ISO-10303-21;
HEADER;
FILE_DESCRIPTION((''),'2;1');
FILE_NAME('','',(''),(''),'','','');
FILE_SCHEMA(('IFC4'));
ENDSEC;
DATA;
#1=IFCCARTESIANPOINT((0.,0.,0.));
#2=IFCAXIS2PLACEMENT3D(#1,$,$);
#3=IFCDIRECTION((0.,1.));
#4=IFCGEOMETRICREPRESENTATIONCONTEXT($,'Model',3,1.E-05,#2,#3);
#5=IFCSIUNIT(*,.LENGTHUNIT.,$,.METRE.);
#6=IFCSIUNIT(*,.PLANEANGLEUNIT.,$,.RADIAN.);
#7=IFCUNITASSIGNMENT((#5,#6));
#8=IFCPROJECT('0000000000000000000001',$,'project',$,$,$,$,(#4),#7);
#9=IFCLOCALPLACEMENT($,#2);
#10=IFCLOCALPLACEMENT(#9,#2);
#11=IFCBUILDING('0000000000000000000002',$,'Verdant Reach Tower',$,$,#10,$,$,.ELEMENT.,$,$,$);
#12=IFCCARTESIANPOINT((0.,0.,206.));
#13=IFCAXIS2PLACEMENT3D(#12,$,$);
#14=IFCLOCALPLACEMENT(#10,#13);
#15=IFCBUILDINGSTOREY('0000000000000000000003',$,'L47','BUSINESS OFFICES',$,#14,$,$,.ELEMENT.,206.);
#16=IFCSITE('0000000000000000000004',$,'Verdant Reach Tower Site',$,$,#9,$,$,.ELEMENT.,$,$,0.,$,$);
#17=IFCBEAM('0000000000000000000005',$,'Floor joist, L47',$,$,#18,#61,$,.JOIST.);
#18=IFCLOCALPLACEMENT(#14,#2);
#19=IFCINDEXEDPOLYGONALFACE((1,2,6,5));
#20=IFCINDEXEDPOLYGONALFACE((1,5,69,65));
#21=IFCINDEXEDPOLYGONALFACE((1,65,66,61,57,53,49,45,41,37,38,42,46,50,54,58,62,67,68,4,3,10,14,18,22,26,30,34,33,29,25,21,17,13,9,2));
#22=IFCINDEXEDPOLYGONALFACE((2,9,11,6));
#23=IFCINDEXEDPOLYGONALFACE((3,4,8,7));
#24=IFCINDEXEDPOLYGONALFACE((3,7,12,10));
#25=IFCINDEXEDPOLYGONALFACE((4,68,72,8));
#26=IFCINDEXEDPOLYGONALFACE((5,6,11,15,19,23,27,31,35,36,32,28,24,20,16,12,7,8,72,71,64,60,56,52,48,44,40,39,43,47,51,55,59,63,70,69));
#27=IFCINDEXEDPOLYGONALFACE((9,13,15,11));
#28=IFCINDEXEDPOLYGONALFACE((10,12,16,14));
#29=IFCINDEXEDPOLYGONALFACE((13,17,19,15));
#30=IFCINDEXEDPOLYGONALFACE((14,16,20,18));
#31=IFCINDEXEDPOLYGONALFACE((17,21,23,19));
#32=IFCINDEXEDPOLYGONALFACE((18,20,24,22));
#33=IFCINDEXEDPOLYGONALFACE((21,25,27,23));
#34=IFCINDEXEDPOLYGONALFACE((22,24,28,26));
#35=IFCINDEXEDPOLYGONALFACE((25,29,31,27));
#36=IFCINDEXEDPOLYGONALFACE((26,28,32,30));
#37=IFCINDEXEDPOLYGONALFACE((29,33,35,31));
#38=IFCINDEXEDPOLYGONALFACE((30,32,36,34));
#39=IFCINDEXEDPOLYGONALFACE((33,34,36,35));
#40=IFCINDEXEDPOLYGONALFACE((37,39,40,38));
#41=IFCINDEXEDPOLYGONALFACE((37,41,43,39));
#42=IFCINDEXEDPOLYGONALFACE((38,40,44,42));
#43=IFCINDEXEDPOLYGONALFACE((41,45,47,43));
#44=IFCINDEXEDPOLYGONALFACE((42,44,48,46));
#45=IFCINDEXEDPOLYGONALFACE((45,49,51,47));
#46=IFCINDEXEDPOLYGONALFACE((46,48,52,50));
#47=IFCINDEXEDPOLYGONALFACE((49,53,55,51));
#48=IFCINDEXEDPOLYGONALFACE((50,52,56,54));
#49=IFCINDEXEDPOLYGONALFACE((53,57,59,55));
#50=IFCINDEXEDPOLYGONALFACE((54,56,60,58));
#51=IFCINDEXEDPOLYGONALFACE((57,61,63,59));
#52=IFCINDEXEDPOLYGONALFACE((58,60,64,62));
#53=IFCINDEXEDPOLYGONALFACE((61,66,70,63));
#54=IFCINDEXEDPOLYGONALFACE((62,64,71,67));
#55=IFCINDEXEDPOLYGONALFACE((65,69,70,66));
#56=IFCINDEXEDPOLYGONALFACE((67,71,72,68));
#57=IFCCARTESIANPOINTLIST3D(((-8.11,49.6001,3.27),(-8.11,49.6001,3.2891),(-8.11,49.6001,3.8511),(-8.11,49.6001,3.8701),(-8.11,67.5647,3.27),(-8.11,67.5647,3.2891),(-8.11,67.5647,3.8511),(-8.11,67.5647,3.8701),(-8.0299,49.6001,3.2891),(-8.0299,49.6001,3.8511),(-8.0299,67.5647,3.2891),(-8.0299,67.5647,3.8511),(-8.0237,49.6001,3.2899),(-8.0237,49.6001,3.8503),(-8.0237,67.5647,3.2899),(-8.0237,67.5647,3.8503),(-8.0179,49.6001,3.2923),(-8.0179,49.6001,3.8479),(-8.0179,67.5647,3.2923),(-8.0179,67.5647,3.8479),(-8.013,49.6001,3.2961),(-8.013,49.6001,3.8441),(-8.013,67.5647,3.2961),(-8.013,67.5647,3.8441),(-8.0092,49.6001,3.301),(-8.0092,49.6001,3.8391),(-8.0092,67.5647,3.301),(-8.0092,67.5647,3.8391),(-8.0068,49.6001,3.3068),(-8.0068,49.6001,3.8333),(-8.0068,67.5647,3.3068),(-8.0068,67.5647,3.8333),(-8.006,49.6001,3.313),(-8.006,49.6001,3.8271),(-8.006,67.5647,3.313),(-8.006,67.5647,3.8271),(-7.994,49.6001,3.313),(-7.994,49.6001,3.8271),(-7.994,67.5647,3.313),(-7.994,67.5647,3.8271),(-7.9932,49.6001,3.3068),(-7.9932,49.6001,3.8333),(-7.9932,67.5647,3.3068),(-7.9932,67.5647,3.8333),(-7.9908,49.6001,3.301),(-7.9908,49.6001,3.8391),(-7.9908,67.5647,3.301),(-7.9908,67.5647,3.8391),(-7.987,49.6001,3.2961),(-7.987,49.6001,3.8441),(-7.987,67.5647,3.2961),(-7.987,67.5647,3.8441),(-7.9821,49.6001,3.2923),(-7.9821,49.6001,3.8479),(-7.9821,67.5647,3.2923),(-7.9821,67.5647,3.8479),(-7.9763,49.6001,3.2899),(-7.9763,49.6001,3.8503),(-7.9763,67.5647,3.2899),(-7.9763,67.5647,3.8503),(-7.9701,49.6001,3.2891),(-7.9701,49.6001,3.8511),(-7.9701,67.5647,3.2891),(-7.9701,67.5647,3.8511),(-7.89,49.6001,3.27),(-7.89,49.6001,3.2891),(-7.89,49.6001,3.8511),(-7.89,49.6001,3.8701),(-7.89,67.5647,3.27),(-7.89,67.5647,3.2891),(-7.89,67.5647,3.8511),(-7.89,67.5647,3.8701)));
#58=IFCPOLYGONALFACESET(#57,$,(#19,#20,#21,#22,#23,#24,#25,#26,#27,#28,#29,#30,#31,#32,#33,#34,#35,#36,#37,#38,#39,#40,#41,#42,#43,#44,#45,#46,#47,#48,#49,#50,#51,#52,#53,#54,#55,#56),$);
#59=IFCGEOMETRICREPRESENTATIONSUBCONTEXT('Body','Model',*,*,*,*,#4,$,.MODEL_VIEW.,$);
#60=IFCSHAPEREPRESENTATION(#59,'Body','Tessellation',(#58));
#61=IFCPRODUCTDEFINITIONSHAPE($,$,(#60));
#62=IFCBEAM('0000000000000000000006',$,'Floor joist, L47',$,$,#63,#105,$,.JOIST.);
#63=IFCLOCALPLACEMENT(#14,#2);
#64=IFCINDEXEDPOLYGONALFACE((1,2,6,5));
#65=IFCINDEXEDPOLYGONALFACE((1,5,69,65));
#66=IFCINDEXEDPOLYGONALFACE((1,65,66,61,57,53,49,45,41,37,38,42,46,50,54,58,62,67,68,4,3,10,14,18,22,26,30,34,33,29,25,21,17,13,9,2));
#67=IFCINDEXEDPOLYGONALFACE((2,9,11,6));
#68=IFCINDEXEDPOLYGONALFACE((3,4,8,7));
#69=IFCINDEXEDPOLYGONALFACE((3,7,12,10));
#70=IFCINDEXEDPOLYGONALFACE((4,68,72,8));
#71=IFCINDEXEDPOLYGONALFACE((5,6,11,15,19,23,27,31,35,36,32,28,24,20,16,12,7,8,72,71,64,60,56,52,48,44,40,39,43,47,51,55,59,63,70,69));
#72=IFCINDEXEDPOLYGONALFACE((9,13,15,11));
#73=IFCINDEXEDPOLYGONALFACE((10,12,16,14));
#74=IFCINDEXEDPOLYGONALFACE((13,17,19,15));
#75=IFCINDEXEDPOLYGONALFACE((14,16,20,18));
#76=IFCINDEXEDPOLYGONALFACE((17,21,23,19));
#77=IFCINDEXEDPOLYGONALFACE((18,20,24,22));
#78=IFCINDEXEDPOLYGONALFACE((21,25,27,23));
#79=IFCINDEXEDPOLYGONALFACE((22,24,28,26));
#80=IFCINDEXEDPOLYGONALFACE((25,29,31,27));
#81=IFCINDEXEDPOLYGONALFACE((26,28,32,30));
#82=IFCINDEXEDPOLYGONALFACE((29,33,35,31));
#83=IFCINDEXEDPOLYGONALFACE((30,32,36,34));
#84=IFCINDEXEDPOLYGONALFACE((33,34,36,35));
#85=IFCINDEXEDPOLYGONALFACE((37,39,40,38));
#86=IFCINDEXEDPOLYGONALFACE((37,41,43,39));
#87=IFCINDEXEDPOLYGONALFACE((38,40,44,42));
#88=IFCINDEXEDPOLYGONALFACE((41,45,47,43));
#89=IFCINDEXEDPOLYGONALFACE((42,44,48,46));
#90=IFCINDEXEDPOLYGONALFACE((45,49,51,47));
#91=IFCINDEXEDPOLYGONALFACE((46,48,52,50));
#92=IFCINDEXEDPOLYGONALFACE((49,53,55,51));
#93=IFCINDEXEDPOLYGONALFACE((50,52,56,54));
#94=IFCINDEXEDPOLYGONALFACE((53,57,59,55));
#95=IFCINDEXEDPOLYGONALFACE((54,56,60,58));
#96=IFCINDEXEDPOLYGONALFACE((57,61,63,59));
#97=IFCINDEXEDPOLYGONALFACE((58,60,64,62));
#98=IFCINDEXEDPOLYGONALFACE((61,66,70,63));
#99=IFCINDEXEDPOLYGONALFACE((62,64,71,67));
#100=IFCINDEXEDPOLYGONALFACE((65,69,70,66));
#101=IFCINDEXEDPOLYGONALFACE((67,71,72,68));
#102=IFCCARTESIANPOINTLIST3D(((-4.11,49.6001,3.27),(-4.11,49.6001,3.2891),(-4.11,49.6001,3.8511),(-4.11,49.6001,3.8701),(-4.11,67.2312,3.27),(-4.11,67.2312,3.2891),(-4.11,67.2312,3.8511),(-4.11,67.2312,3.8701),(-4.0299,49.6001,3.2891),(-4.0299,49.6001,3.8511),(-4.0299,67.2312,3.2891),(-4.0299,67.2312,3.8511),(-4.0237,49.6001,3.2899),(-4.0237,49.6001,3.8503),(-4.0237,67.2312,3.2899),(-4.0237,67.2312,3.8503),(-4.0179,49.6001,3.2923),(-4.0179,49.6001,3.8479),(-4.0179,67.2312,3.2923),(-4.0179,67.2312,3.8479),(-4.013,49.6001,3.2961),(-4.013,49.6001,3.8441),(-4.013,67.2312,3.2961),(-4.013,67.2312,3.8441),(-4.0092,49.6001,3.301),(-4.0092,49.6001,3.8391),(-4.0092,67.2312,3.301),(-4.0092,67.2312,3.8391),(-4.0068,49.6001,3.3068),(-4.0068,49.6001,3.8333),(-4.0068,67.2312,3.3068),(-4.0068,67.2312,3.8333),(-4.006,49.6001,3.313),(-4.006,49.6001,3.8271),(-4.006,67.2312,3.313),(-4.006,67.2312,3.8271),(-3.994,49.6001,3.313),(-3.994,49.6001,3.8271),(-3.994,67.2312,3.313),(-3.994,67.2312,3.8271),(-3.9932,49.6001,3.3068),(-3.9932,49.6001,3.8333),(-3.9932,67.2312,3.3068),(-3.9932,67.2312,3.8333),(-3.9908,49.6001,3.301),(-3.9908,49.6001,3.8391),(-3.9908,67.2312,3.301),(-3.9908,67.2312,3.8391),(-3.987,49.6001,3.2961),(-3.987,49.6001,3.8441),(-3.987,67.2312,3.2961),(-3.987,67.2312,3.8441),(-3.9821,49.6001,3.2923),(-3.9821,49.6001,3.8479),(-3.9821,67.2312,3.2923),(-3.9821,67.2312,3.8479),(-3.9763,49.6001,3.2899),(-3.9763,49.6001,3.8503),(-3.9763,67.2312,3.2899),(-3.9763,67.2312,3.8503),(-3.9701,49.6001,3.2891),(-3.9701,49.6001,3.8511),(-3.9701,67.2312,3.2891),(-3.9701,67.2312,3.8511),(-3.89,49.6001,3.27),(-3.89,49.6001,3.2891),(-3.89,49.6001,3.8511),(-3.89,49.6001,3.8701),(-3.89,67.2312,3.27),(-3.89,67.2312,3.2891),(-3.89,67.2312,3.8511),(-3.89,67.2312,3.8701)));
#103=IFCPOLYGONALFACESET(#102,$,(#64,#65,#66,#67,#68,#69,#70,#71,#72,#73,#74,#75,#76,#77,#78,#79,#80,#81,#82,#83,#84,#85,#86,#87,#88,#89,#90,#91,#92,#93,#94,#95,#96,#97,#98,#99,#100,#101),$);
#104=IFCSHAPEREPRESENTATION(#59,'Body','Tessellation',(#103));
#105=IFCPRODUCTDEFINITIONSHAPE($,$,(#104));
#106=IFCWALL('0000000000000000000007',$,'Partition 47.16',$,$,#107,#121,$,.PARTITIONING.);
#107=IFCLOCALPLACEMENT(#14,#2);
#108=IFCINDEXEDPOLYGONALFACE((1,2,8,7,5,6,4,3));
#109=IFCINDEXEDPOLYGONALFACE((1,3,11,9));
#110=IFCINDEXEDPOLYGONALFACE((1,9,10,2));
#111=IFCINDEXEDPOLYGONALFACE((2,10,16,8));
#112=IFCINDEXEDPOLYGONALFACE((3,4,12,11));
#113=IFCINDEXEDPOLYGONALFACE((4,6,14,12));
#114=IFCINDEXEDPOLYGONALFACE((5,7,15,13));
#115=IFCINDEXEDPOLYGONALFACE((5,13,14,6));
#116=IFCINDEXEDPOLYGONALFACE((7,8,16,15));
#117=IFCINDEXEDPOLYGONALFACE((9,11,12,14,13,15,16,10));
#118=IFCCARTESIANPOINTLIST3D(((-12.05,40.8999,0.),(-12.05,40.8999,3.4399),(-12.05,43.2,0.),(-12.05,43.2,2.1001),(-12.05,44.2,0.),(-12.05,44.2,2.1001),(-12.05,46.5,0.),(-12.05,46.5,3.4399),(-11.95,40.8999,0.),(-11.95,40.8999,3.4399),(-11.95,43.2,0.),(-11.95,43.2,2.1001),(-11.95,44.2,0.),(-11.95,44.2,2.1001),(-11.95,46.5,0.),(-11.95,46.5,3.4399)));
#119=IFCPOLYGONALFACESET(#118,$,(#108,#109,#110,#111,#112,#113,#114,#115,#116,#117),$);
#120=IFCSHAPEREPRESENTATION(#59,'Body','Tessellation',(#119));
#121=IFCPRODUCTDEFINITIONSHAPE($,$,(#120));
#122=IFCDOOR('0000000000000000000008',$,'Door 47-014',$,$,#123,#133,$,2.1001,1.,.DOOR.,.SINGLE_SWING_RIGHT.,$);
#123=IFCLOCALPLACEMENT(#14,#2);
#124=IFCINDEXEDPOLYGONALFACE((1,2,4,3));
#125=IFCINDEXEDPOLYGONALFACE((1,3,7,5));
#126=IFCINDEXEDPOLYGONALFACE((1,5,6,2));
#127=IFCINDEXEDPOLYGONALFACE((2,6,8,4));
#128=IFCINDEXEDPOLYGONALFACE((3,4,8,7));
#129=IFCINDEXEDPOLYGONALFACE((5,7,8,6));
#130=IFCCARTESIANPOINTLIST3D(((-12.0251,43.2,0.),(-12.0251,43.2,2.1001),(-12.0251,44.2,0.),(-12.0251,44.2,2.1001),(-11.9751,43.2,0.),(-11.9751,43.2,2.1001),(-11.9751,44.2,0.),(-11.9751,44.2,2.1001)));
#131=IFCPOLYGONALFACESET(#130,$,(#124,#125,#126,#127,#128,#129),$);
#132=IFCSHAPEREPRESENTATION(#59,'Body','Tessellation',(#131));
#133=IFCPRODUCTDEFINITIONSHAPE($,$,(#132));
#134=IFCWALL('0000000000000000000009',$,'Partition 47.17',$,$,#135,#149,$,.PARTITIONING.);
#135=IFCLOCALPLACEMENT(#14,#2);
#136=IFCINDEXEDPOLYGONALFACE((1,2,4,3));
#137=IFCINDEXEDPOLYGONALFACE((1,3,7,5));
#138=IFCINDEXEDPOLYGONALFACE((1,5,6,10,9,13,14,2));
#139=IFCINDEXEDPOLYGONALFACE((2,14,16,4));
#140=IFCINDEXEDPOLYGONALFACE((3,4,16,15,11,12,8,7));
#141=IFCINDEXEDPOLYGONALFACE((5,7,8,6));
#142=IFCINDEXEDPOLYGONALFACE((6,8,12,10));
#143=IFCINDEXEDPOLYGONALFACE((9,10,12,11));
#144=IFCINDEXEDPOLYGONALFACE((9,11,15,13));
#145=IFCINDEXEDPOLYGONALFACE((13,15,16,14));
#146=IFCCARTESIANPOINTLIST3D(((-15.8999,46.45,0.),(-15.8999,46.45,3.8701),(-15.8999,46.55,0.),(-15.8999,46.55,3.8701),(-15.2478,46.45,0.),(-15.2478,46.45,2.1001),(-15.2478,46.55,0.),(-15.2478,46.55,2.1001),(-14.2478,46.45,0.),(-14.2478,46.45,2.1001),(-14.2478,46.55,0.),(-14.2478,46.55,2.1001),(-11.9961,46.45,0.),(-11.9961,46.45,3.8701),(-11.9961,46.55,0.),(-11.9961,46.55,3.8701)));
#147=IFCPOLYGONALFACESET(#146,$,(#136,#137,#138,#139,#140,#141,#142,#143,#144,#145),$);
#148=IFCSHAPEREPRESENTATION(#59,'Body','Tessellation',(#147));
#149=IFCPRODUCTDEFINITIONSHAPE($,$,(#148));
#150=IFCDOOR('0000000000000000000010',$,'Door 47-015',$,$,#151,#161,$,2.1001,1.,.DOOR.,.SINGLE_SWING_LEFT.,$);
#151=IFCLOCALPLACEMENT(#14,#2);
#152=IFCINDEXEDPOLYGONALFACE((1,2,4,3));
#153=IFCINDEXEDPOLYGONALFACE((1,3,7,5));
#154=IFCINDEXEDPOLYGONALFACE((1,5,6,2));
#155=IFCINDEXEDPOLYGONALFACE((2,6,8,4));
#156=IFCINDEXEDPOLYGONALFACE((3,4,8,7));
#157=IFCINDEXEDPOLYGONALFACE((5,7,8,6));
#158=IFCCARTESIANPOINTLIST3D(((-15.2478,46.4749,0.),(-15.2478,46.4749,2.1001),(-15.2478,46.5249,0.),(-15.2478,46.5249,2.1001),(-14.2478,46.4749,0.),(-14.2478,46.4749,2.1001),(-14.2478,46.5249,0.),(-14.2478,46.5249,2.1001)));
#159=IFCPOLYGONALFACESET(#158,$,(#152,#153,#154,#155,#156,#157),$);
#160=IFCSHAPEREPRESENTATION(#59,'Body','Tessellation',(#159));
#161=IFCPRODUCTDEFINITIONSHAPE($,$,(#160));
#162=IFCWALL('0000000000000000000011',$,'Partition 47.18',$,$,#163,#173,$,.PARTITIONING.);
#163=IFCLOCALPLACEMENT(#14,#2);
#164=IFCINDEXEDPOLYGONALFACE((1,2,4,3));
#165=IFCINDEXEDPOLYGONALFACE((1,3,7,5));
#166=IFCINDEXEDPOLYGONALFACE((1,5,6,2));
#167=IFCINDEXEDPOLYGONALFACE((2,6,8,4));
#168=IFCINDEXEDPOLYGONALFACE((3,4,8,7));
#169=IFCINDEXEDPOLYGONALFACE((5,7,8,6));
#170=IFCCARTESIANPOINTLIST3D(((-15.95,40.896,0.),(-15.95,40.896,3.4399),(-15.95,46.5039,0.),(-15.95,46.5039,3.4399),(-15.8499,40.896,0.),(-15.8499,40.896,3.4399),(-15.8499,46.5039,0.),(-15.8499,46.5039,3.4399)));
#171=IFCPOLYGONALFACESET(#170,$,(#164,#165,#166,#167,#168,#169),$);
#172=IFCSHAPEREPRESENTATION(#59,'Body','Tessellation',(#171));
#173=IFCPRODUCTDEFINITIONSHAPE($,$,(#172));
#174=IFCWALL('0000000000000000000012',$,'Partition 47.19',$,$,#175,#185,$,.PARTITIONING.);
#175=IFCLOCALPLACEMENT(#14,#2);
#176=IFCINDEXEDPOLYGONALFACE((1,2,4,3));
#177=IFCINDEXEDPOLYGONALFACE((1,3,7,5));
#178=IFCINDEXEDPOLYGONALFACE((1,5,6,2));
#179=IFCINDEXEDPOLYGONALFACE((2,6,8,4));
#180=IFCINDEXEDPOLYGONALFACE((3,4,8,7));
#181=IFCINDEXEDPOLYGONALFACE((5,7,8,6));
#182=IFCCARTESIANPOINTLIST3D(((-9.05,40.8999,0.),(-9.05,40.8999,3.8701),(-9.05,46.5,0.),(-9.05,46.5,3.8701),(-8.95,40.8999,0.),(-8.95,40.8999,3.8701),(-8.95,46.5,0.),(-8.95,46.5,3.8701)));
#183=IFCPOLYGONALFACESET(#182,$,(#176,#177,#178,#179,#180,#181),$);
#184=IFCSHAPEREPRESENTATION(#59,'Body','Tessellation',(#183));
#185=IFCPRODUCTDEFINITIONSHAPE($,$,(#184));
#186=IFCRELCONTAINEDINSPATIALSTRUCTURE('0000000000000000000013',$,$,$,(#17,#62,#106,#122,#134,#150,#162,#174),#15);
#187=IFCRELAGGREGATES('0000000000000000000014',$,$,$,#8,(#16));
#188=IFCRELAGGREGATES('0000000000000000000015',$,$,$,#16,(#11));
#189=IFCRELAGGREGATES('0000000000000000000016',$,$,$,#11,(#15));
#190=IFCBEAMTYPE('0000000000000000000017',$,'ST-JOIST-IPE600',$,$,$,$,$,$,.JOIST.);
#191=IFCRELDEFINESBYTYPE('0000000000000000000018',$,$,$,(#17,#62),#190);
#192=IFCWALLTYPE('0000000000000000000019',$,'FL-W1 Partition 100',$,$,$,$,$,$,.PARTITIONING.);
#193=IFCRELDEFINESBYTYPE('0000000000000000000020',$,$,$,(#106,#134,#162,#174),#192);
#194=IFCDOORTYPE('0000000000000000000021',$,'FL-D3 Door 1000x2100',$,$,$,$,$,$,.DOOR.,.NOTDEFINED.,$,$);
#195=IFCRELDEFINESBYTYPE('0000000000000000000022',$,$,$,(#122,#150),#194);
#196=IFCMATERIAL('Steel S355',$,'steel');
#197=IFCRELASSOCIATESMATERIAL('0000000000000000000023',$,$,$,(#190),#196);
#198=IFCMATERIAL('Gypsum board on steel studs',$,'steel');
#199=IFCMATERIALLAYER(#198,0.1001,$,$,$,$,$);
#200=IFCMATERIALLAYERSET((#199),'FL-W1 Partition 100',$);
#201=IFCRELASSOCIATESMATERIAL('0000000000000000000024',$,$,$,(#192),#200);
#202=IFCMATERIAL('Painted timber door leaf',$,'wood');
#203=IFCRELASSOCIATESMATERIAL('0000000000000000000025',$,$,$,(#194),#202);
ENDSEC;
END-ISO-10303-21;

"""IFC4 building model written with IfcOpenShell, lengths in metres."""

from ifc_helpers import new_model, si_unit, direction, frame, frame_2d, origin, origin_2d, place, context, subcontext, project, spatial, rectangle, i_section, extrude, material, layer, layer_set, material_profile, profile_set, type_object, element, fill, save


model = new_model("IFC4")

# Units and contexts
model_context = context("Model", 3, precision=1e-05, world=origin(), true_north=direction((0.0, 1.0)))
body_context = subcontext(model_context, "Body", "Model", "MODEL_VIEW")
ifc_project = project(units=[si_unit("LENGTHUNIT", "METRE"), si_unit("PLANEANGLEUNIT", "RADIAN")], contexts=[model_context])

# Site, building, storey
site_placement = place(None, origin())
site = spatial("IfcSite", under=ifc_project, at=site_placement, Name="Verdant Reach Tower Site", CompositionType="ELEMENT", RefElevation=0.0)
building_placement = place(site_placement, origin())
building = spatial("IfcBuilding", under=site, at=building_placement, Name="Verdant Reach Tower", CompositionType="ELEMENT")
storey_placement = place(building_placement, frame((0.0, 0.0, 206.0)))
storey = spatial("IfcBuildingStorey", under=building, at=storey_placement, Name="L47", Description="BUSINESS OFFICES", CompositionType="ELEMENT", Elevation=206.0)

# Beams
ifc_material_1 = material(Name="Steel S355", Category="steel")
ifc_material_profile_1 = material_profile(ifc_material_1, i_section(OverallWidth=0.22, OverallDepth=0.6001, WebThickness=0.012, FlangeThickness=0.019, FilletRadius=0.0239, at=origin_2d()), Name="IPE 600")
ifc_profile_set_1 = profile_set([ifc_material_profile_1], Name="Steel S355")
beam_type_1 = type_object("IfcBeamType", Name="ST-JOIST-IPE600", PredefinedType="JOIST", material=ifc_profile_set_1)
beam_1_placement = place(storey_placement, frame((-8.0, 49.6001, 3.5701), z_axis=(0.0, 1.0, 0.0), x_axis=(-1.0, 0.0, 0.0)))
element("IfcBeam", 1, at=beam_1_placement, inside=storey, type_object=beam_type_1, Name="Floor joist, L47", PredefinedType="JOIST", context=body_context, shape_type="SweptSolid", body=[
    extrude(i_section(OverallWidth=0.22, OverallDepth=0.6001, WebThickness=0.012, FlangeThickness=0.019, FilletRadius=0.0239, at=origin_2d()), origin(), (0.0, 0.0, 1.0), 17.9646),
])
beam_2_placement = place(storey_placement, frame((-4.0, 49.6001, 3.5701), z_axis=(0.0, 1.0, 0.0), x_axis=(-1.0, 0.0, 0.0)))
element("IfcBeam", 2, at=beam_2_placement, inside=storey, type_object=beam_type_1, Name="Floor joist, L47", PredefinedType="JOIST", context=body_context, shape_type="SweptSolid", body=[
    extrude(i_section(OverallWidth=0.22, OverallDepth=0.6001, WebThickness=0.012, FlangeThickness=0.019, FilletRadius=0.0239, at=origin_2d()), origin(), (0.0, 0.0, 1.0), 17.6311),
])

# Walls, openings, doors
ifc_material_2 = material(Name="Gypsum board on steel studs", Category="steel")
ifc_layer_1 = layer(ifc_material_2, 0.1001)
ifc_layer_set_1 = layer_set([ifc_layer_1], Name="FL-W1 Partition 100")
wall_type_1 = type_object("IfcWallType", Name="FL-W1 Partition 100", PredefinedType="PARTITIONING", material=ifc_layer_set_1)
wall_1_placement = place(storey_placement, frame((-12.0, 46.5, 0.0), z_axis=(0.0, 0.0, 1.0), x_axis=(0.0, -1.0, 0.0)))
wall_1 = element("IfcWall", 3, at=wall_1_placement, inside=storey, type_object=wall_type_1, Name="Partition 47.16", PredefinedType="PARTITIONING", context=body_context, shape_type="SweptSolid", body=[
    extrude(rectangle(XDim=5.6001, YDim=0.1001, at=frame_2d((2.8, 0.0))), origin(), (0.0, 0.0, 1.0), 3.4399),
])
opening_1_placement = place(wall_1_placement, frame((2.3, 0.0, 0.0)))
opening_1 = element("IfcOpeningElement", 4, at=opening_1_placement, cuts=wall_1, PredefinedType="OPENING", context=body_context, shape_type="SweptSolid", body=[
    extrude(rectangle(XDim=1.0, YDim=2.1001, at=frame_2d((0.5, 1.05))), frame((0.0, 0.0601, 0.0), z_axis=(0.0, -1.0, 0.0), x_axis=(1.0, 0.0, 0.0)), (0.0, 0.0, 1.0), 0.1201),
])
ifc_material_3 = material(Name="Painted timber door leaf", Category="wood")
door_type_1 = type_object("IfcDoorType", Name="FL-D3 Door 1000x2100", OperationType="NOTDEFINED", PredefinedType="DOOR", material=ifc_material_3)
door_1_placement = place(opening_1_placement, origin())
door_1 = element("IfcDoor", 5, at=door_1_placement, inside=storey, type_object=door_type_1, Name="Door 47-014", OperationType="SINGLE_SWING_RIGHT", OverallHeight=2.1001, OverallWidth=1.0, PredefinedType="DOOR", context=body_context, shape_type="SweptSolid", body=[
    extrude(rectangle(XDim=1.0, YDim=2.1001, at=frame_2d((0.5, 1.05))), frame((0.0, 0.0249, 0.0), z_axis=(0.0, -1.0, 0.0), x_axis=(1.0, 0.0, 0.0)), (0.0, 0.0, 1.0), 0.05),
])
fill(opening_1, door_1)
wall_2_placement = place(storey_placement, frame((-15.8999, 46.5, 0.0), z_axis=(0.0, 0.0, 1.0), x_axis=(1.0, 0.0, 0.0)))
wall_2 = element("IfcWall", 6, at=wall_2_placement, inside=storey, type_object=wall_type_1, Name="Partition 47.17", PredefinedType="PARTITIONING", context=body_context, shape_type="SweptSolid", body=[
    extrude(rectangle(XDim=3.9038, YDim=0.1001, at=frame_2d((1.9519, 0.0))), origin(), (0.0, 0.0, 1.0), 3.8701),
])
opening_2_placement = place(wall_2_placement, frame((0.6521, 0.0, 0.0)))
opening_2 = element("IfcOpeningElement", 7, at=opening_2_placement, cuts=wall_2, PredefinedType="OPENING", context=body_context, shape_type="SweptSolid", body=[
    extrude(rectangle(XDim=1.0, YDim=2.1001, at=frame_2d((0.5, 1.05))), frame((0.0, 0.0601, 0.0), z_axis=(0.0, -1.0, 0.0), x_axis=(1.0, 0.0, 0.0)), (0.0, 0.0, 1.0), 0.1201),
])
door_2_placement = place(opening_2_placement, origin())
door_2 = element("IfcDoor", 8, at=door_2_placement, inside=storey, type_object=door_type_1, Name="Door 47-015", OperationType="SINGLE_SWING_LEFT", OverallHeight=2.1001, OverallWidth=1.0, PredefinedType="DOOR", context=body_context, shape_type="SweptSolid", body=[
    extrude(rectangle(XDim=1.0, YDim=2.1001, at=frame_2d((0.5, 1.05))), frame((0.0, 0.0249, 0.0), z_axis=(0.0, -1.0, 0.0), x_axis=(1.0, 0.0, 0.0)), (0.0, 0.0, 1.0), 0.05),
])
fill(opening_2, door_2)

# Walls
wall_3_placement = place(storey_placement, frame((-15.8999, 46.5039, 0.0), z_axis=(0.0, 0.0, 1.0), x_axis=(0.0, -1.0, 0.0)))
element("IfcWall", 9, at=wall_3_placement, inside=storey, type_object=wall_type_1, Name="Partition 47.18", PredefinedType="PARTITIONING", context=body_context, shape_type="SweptSolid", body=[
    extrude(rectangle(XDim=5.6079, YDim=0.1001, at=frame_2d((2.804, 0.0))), origin(), (0.0, 0.0, 1.0), 3.4399),
])
wall_4_placement = place(storey_placement, frame((-9.0, 40.8999, 0.0), z_axis=(0.0, 0.0, 1.0), x_axis=(0.0, 1.0, 0.0)))
element("IfcWall", 10, at=wall_4_placement, inside=storey, type_object=wall_type_1, Name="Partition 47.19", PredefinedType="PARTITIONING", context=body_context, shape_type="SweptSolid", body=[
    extrude(rectangle(XDim=5.6001, YDim=0.1001, at=frame_2d((2.8, 0.0))), origin(), (0.0, 0.0, 1.0), 3.8701),
])

save(model, "model.ifc")
